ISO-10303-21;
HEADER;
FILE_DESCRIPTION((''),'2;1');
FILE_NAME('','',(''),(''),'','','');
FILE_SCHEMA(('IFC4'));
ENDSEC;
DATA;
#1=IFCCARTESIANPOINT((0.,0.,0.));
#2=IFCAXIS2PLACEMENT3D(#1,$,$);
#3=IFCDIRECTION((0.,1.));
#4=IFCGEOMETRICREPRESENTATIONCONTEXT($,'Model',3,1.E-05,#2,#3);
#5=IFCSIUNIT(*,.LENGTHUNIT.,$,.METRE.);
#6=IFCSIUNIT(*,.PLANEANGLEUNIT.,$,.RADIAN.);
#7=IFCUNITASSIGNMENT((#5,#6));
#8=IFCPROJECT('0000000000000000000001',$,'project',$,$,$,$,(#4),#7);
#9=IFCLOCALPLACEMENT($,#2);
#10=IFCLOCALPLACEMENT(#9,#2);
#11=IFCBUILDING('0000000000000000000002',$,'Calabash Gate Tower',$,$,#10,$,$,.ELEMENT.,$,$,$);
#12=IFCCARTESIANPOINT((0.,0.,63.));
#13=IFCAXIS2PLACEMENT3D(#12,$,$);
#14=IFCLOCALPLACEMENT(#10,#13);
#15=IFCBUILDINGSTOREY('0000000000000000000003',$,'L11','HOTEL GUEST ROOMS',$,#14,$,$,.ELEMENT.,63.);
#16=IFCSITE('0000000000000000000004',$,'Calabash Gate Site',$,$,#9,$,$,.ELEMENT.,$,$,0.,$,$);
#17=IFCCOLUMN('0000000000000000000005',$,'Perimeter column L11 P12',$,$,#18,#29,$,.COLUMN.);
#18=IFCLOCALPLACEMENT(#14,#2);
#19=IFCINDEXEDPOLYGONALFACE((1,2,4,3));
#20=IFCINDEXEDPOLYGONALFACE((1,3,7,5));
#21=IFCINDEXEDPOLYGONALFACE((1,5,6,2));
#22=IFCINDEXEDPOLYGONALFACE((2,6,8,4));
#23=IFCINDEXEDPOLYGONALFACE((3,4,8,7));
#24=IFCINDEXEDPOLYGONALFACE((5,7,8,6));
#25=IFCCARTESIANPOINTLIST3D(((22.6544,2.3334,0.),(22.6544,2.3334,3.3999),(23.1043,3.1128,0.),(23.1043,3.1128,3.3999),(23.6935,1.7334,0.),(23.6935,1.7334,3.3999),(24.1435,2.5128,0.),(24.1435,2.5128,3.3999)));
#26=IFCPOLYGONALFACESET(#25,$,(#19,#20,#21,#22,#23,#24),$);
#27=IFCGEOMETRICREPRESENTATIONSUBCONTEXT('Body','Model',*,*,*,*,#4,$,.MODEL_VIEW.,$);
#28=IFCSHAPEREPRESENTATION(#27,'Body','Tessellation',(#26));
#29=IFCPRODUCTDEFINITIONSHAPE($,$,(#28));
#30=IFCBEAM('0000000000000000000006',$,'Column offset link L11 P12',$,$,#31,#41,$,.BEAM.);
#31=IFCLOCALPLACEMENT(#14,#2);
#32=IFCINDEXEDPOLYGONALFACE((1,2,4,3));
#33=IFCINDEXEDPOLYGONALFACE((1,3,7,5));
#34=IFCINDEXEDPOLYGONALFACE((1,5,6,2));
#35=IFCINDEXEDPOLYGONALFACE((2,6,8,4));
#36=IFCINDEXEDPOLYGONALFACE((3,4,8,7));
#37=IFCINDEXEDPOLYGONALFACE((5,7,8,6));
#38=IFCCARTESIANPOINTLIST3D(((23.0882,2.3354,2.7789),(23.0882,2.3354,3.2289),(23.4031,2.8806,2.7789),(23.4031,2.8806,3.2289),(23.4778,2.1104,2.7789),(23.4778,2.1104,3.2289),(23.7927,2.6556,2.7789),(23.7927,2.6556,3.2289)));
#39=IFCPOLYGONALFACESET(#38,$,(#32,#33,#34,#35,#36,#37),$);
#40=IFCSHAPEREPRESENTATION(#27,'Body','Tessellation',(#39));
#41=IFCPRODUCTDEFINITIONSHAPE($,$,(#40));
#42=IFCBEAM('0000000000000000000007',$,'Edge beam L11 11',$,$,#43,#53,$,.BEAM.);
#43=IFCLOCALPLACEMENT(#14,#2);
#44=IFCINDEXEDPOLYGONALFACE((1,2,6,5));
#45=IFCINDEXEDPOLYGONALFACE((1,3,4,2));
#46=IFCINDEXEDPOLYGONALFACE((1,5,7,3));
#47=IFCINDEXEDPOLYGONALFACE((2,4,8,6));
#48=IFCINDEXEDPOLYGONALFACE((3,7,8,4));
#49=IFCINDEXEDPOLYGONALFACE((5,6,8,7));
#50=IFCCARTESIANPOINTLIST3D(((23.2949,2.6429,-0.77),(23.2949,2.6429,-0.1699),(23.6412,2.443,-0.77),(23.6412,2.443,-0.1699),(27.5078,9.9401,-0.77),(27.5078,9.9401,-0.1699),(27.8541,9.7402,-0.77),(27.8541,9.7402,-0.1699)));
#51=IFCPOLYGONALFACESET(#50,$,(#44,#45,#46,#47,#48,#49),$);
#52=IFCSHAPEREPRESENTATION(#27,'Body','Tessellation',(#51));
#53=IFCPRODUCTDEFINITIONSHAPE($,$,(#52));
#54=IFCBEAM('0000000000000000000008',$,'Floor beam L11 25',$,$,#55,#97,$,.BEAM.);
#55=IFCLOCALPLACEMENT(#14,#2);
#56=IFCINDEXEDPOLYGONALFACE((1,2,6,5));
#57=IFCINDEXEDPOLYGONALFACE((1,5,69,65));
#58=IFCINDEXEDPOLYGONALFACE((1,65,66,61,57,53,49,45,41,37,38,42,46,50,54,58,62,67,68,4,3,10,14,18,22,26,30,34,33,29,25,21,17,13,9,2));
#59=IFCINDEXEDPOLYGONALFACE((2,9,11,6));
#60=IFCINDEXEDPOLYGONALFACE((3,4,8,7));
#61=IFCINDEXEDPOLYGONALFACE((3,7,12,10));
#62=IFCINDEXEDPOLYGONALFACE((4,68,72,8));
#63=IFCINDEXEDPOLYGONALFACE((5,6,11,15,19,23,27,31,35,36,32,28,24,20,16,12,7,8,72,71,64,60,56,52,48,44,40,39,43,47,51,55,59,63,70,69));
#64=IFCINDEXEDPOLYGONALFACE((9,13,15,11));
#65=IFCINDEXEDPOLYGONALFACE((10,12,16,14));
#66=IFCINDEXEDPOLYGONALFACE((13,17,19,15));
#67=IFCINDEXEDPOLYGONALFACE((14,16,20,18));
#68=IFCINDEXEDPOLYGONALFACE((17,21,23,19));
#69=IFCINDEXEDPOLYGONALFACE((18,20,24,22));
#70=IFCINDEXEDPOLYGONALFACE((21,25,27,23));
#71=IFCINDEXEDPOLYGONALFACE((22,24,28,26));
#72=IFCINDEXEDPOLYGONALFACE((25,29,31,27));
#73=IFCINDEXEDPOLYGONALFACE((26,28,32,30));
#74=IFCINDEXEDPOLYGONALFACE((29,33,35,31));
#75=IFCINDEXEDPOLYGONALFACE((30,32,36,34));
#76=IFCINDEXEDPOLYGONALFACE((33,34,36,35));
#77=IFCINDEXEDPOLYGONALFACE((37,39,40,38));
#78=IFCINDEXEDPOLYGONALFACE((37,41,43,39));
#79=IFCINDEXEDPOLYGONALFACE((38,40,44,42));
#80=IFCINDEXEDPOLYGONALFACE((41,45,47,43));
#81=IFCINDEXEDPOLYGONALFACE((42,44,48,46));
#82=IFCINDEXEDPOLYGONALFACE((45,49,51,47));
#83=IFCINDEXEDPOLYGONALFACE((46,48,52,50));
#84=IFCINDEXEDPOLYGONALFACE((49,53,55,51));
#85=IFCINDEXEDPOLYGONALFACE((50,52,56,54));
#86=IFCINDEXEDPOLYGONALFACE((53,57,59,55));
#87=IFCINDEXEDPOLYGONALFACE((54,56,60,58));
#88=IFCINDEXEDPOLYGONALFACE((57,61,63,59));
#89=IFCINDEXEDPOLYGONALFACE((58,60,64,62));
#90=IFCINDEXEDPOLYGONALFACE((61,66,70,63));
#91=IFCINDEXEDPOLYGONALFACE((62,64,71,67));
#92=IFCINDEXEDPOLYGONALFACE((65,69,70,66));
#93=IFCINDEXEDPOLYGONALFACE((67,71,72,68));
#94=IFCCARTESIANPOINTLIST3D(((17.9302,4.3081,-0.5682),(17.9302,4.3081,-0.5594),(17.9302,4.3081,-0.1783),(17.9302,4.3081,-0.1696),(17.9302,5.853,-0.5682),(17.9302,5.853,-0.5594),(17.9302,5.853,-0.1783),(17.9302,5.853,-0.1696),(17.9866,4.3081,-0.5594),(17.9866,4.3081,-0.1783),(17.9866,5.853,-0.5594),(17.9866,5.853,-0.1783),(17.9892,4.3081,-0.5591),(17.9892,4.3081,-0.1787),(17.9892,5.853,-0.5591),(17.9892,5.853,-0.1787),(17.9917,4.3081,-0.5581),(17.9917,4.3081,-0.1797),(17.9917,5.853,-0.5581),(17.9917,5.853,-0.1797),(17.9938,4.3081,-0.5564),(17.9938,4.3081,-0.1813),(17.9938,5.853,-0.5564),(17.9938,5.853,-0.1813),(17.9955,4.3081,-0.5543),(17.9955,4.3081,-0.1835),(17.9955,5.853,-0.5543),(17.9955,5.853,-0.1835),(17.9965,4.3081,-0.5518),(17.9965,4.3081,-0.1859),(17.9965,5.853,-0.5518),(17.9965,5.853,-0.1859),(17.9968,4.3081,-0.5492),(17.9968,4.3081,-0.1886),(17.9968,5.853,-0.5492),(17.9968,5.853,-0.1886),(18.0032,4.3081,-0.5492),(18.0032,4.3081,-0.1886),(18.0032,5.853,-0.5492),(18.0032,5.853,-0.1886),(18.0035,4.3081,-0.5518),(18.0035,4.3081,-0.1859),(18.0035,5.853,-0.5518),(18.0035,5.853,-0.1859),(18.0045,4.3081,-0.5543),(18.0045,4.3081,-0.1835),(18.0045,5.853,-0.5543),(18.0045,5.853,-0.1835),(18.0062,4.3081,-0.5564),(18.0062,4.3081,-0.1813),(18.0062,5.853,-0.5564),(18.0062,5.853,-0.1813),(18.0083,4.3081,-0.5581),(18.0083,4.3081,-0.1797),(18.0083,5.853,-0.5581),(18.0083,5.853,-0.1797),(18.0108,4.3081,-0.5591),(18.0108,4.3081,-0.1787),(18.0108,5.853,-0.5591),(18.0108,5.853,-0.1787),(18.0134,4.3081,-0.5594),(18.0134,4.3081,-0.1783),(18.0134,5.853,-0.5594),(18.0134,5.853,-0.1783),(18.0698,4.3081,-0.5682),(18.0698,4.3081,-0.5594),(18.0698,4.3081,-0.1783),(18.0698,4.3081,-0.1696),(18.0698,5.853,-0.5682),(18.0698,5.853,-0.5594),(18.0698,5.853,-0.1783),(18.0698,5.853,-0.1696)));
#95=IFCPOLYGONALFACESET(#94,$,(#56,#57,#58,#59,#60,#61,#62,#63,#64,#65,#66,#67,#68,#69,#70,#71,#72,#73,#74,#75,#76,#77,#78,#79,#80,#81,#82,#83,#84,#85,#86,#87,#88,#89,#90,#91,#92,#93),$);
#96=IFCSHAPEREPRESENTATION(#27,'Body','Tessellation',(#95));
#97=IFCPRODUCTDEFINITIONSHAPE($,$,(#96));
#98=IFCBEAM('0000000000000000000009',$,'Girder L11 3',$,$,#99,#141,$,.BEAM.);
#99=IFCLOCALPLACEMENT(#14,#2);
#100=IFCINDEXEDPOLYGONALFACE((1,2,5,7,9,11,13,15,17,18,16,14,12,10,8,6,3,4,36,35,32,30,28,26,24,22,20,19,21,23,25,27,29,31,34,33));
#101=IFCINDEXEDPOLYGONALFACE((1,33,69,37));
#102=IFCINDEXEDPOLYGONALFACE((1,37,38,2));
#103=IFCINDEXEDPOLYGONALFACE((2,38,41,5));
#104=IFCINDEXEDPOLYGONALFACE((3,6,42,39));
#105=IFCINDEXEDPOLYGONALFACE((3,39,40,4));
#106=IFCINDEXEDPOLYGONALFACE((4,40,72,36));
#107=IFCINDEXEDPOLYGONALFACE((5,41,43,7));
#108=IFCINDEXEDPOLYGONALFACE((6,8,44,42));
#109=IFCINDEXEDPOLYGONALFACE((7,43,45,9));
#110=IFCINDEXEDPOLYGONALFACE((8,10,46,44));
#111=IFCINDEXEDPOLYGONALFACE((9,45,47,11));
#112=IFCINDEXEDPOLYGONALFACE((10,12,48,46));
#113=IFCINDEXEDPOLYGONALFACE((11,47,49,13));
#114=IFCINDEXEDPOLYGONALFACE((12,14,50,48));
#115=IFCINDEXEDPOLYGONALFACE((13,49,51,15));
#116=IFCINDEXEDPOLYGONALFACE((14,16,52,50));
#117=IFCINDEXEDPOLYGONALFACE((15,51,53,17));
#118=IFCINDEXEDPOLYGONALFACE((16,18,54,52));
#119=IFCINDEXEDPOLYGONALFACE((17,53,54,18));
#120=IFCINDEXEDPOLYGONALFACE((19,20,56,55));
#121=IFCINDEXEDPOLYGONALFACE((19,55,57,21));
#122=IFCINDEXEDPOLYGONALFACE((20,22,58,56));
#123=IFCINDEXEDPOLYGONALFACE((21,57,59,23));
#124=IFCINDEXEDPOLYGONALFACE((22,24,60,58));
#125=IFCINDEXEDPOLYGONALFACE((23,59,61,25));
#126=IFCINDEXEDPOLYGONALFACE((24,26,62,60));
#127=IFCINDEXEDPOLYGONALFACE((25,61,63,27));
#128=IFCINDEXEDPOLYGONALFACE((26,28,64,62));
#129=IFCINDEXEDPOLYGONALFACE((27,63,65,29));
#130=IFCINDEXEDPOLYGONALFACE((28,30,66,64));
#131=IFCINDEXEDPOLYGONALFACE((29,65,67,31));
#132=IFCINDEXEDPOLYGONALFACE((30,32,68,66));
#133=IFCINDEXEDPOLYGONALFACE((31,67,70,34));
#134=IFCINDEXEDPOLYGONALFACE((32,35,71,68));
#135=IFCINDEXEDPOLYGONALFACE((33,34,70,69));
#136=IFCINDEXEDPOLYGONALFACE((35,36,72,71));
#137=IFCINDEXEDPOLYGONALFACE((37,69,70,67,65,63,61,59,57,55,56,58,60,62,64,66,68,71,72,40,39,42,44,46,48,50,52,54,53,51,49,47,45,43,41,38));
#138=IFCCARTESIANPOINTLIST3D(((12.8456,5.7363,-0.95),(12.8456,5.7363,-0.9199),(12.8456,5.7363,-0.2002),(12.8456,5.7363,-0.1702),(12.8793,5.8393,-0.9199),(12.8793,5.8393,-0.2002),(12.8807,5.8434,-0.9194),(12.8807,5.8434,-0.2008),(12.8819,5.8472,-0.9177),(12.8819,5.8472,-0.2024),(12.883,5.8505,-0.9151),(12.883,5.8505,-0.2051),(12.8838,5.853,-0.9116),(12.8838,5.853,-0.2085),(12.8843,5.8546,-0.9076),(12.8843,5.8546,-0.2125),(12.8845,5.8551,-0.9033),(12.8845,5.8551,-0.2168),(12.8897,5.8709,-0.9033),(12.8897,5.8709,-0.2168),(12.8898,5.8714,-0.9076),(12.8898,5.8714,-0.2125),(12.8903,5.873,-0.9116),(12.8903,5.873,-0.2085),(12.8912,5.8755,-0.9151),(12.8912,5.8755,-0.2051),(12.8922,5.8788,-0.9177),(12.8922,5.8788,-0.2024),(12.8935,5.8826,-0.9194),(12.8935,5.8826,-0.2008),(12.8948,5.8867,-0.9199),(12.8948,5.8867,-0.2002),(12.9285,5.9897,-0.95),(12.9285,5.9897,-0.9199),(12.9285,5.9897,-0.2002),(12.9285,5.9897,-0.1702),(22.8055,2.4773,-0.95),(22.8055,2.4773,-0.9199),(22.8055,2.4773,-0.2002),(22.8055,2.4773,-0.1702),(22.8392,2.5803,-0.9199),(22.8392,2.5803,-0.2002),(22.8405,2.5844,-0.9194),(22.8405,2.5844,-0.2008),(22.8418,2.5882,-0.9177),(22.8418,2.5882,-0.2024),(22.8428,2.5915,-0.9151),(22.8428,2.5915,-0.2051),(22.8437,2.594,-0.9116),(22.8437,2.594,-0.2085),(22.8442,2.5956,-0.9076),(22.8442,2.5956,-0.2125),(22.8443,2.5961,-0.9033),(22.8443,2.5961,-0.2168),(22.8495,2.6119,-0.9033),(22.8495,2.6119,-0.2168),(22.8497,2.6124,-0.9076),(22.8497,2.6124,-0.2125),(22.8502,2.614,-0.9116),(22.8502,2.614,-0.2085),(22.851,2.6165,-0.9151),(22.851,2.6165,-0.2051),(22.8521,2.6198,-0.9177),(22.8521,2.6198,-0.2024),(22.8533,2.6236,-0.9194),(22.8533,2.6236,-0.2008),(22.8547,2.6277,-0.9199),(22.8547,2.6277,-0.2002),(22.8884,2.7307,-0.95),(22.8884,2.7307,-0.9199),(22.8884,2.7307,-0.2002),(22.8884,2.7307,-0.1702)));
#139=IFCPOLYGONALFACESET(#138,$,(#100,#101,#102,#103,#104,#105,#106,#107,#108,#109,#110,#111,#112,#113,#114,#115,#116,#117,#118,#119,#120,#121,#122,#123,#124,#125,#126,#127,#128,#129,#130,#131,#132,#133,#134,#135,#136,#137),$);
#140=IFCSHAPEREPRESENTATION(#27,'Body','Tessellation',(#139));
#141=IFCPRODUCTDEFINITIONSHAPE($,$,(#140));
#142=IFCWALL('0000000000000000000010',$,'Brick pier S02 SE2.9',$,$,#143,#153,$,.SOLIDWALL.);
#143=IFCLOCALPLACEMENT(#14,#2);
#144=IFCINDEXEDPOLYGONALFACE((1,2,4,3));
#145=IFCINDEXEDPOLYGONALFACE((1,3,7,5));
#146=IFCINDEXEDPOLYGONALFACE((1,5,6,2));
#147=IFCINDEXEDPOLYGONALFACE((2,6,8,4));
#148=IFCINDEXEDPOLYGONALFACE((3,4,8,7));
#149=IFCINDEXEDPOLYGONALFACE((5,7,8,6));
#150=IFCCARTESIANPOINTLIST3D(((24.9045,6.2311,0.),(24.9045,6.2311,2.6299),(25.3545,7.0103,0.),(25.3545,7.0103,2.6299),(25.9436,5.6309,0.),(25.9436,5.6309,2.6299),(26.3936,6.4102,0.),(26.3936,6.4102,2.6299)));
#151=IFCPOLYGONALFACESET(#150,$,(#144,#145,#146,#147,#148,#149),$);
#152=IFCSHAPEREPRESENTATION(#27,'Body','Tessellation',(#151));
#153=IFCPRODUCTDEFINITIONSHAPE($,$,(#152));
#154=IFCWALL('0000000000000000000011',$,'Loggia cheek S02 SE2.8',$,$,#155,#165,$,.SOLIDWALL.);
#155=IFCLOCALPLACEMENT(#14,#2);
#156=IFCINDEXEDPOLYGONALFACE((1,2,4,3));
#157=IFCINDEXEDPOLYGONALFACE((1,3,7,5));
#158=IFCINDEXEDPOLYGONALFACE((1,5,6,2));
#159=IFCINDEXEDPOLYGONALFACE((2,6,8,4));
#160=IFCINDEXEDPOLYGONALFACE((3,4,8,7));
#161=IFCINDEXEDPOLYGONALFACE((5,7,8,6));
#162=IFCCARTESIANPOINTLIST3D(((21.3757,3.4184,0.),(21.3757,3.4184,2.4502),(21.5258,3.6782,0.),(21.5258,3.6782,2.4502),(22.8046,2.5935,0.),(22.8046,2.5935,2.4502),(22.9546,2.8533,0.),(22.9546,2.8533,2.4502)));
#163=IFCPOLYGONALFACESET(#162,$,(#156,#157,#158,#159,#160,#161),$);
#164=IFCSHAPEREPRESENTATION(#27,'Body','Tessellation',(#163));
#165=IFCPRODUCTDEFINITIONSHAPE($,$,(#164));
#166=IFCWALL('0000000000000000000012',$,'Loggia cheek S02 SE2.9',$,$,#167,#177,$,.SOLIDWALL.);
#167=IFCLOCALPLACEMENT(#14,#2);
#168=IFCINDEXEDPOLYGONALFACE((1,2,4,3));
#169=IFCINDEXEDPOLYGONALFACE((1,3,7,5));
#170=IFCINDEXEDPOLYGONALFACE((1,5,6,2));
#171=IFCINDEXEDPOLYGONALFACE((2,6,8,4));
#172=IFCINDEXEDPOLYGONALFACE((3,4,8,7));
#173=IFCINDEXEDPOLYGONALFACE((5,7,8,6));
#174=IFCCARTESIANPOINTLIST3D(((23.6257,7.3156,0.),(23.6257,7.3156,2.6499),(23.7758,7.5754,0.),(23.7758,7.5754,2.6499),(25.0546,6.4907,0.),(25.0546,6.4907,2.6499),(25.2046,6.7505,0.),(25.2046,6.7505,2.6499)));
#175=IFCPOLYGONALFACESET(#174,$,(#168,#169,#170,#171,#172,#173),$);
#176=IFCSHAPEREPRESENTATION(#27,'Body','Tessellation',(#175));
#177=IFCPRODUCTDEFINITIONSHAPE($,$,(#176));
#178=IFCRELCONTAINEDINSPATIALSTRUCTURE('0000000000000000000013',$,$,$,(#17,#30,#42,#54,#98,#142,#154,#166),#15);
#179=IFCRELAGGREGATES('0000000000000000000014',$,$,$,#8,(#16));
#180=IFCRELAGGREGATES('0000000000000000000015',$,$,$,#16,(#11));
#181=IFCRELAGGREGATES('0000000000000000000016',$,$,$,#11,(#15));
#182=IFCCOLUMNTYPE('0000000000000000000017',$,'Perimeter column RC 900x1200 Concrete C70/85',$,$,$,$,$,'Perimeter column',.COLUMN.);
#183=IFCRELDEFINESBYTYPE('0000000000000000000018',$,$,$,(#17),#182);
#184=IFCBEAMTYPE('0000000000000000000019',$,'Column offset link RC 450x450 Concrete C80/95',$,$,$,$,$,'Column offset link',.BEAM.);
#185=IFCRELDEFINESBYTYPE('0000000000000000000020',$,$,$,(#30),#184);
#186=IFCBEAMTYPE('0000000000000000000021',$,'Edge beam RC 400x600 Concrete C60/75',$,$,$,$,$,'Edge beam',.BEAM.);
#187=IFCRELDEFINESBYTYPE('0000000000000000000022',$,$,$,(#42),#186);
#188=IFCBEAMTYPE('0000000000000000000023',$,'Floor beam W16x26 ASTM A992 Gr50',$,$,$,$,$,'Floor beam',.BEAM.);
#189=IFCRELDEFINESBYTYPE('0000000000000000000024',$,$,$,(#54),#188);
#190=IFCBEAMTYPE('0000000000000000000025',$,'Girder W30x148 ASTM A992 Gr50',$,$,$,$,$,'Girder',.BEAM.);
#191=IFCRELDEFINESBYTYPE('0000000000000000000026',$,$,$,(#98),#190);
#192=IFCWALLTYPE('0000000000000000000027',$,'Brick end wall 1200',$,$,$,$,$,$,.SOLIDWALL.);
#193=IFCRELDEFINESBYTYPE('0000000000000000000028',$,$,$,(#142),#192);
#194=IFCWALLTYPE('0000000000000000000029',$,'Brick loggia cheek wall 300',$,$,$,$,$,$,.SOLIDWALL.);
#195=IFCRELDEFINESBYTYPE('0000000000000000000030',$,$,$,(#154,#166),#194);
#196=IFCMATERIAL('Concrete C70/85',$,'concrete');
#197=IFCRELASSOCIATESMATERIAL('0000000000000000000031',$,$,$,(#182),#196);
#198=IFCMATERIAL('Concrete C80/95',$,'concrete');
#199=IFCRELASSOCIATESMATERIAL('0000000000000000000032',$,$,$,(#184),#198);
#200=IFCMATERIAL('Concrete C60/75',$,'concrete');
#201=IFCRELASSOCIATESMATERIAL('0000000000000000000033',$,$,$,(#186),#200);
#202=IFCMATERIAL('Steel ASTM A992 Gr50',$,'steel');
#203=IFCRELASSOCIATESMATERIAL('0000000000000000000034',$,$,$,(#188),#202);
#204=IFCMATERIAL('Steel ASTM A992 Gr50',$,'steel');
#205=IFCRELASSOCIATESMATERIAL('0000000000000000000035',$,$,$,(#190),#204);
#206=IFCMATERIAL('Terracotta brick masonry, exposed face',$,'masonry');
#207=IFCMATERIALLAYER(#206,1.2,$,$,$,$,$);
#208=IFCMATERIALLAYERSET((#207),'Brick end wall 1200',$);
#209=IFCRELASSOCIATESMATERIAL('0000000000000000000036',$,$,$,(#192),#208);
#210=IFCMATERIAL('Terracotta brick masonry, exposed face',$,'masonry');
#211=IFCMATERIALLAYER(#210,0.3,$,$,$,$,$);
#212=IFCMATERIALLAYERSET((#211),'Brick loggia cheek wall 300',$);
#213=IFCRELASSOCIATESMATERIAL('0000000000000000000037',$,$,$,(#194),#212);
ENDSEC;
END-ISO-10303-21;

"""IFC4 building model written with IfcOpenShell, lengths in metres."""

from ifc_helpers import new_model, si_unit, direction, frame, frame_2d, origin, origin_2d, place, context, subcontext, project, spatial, rectangle, i_section, extrude, material, layer, layer_set, material_profile, profile_set, type_object, element, save


model = new_model("IFC4")

# Units and contexts
model_context = context("Model", 3, precision=1e-05, world=origin(), true_north=direction((0.0, 1.0)))
body_context = subcontext(model_context, "Body", "Model", "MODEL_VIEW")
ifc_project = project(units=[si_unit("LENGTHUNIT", "METRE"), si_unit("PLANEANGLEUNIT", "RADIAN")], contexts=[model_context])

# Site, building, storey
site_placement = place(None, origin())
site = spatial("IfcSite", under=ifc_project, at=site_placement, Name="Calabash Gate Site", CompositionType="ELEMENT", RefElevation=0.0)
building_placement = place(site_placement, origin())
building = spatial("IfcBuilding", under=site, at=building_placement, Name="Calabash Gate Tower", CompositionType="ELEMENT")
storey_placement = place(building_placement, frame((0.0, 0.0, 63.0)))
storey = spatial("IfcBuildingStorey", under=building, at=storey_placement, Name="L11", Description="HOTEL GUEST ROOMS", CompositionType="ELEMENT", Elevation=63.0)

# Column
ifc_material_1 = material(Name="Concrete C70/85", Category="concrete")
ifc_material_profile_1 = material_profile(ifc_material_1, rectangle(XDim=0.8999, YDim=1.2, at=origin_2d()))
ifc_profile_set_1 = profile_set([ifc_material_profile_1], Name="Concrete C70/85")
column_type = type_object("IfcColumnType", Name="Perimeter column RC 900x1200 Concrete C70/85", ElementType="Perimeter column", PredefinedType="COLUMN", material=ifc_profile_set_1)
column_placement = place(storey_placement, frame((23.3989, 2.4231, 0.0), z_axis=(0.0, 0.0, 1.0), x_axis=(0.5, 0.866025, 0.0)))
element("IfcColumn", 1, at=column_placement, inside=storey, type_object=column_type, Name="Perimeter column L11 P12", PredefinedType="COLUMN", context=body_context, shape_type="SweptSolid", body=[
    extrude(rectangle(XDim=0.8999, YDim=1.2, at=origin_2d()), origin(), (0.0, 0.0, 1.0), 3.3999),
])

# Beams
ifc_material_2 = material(Name="Concrete C80/95", Category="concrete")
ifc_material_profile_2 = material_profile(ifc_material_2, rectangle(XDim=0.45, YDim=0.45, at=origin_2d()))
ifc_profile_set_2 = profile_set([ifc_material_profile_2], Name="Concrete C80/95")
beam_type_1 = type_object("IfcBeamType", Name="Column offset link RC 450x450 Concrete C80/95", ElementType="Column offset link", PredefinedType="BEAM", material=ifc_profile_set_2)
beam_1_placement = place(storey_placement, frame((23.283, 2.2229, 3.0039), z_axis=(0.500226, 0.865895, 0.0), x_axis=(-0.865895, 0.500226, 0.0)))
element("IfcBeam", 2, at=beam_1_placement, inside=storey, type_object=beam_type_1, Name="Column offset link L11 P12", PredefinedType="BEAM", context=body_context, shape_type="SweptSolid", body=[
    extrude(rectangle(XDim=0.45, YDim=0.45, at=origin_2d()), origin(), (0.0, 0.0, 1.0), 0.6296),
])
ifc_material_3 = material(Name="Concrete C60/75", Category="concrete")
ifc_material_profile_3 = material_profile(ifc_material_3, rectangle(XDim=0.3999, YDim=0.6001, at=origin_2d()))
ifc_profile_set_3 = profile_set([ifc_material_profile_3], Name="Concrete C60/75")
beam_type_2 = type_object("IfcBeamType", Name="Edge beam RC 400x600 Concrete C60/75", ElementType="Edge beam", PredefinedType="BEAM", material=ifc_profile_set_3)
beam_2_placement = place(storey_placement, frame((23.468, 2.543, -0.47), z_axis=(0.499991, 0.866031, 0.0), x_axis=(-0.866031, 0.499991, 0.0)))
element("IfcBeam", 3, at=beam_2_placement, inside=storey, type_object=beam_type_2, Name="Edge beam L11 11", PredefinedType="BEAM", context=body_context, shape_type="SweptSolid", body=[
    extrude(rectangle(XDim=0.3999, YDim=0.6001, at=origin_2d()), origin(), (0.0, 0.0, 1.0), 8.426),
])
ifc_material_4 = material(Name="Steel ASTM A992 Gr50", Category="steel")
ifc_material_profile_4 = material_profile(ifc_material_4, i_section(OverallWidth=0.1396, OverallDepth=0.3987, WebThickness=0.0063, FlangeThickness=0.0088, FilletRadius=0.0103, at=origin_2d()))
ifc_profile_set_4 = profile_set([ifc_material_profile_4], Name="Steel ASTM A992 Gr50")
beam_type_3 = type_object("IfcBeamType", Name="Floor beam W16x26 ASTM A992 Gr50", ElementType="Floor beam", PredefinedType="BEAM", material=ifc_profile_set_4)
beam_3_placement = place(storey_placement, frame((18.0, 4.3081, -0.3689), z_axis=(0.0, 1.0, 0.0), x_axis=(-1.0, 0.0, 0.0)))
element("IfcBeam", 4, at=beam_3_placement, inside=storey, type_object=beam_type_3, Name="Floor beam L11 25", PredefinedType="BEAM", context=body_context, shape_type="SweptSolid", body=[
    extrude(i_section(OverallWidth=0.1396, OverallDepth=0.3987, WebThickness=0.0063, FlangeThickness=0.0088, FilletRadius=0.0103, at=origin_2d()), origin(), (0.0, 0.0, 1.0), 1.5449),
])
ifc_material_5 = material(Name="Steel ASTM A992 Gr50", Category="steel")
ifc_material_profile_5 = material_profile(ifc_material_5, i_section(OverallWidth=0.2666, OverallDepth=0.7798, WebThickness=0.0166, FlangeThickness=0.03, FilletRadius=0.0166, at=origin_2d()))
ifc_profile_set_5 = profile_set([ifc_material_profile_5], Name="Steel ASTM A992 Gr50")
beam_type_4 = type_object("IfcBeamType", Name="Girder W30x148 ASTM A992 Gr50", ElementType="Girder", PredefinedType="BEAM", material=ifc_profile_set_5)
beam_4_placement = place(storey_placement, frame((22.8469, 2.604, -0.5601), z_axis=(-0.950414, 0.310988, 0.0), x_axis=(-0.310988, -0.950414, 0.0)))
element("IfcBeam", 5, at=beam_4_placement, inside=storey, type_object=beam_type_4, Name="Girder L11 3", PredefinedType="BEAM", context=body_context, shape_type="SweptSolid", body=[
    extrude(i_section(OverallWidth=0.2666, OverallDepth=0.7798, WebThickness=0.0166, FlangeThickness=0.03, FilletRadius=0.0166, at=origin_2d()), origin(), (0.0, 0.0, 1.0), 10.4795),
])

# Walls
ifc_material_6 = material(Name="Terracotta brick masonry, exposed face", Category="masonry")
ifc_layer_1 = layer(ifc_material_6, 1.2)
ifc_layer_set_1 = layer_set([ifc_layer_1], Name="Brick end wall 1200")
wall_type_1 = type_object("IfcWallType", Name="Brick end wall 1200", PredefinedType="SOLIDWALL", material=ifc_layer_set_1)
wall_1_placement = place(storey_placement, frame((26.1687, 6.0205, 0.0), z_axis=(0.0, 0.0, 1.0), x_axis=(-0.865955, 0.500122, 0.0)))
element("IfcWall", 6, at=wall_1_placement, inside=storey, type_object=wall_type_1, Name="Brick pier S02 SE2.9", PredefinedType="SOLIDWALL", context=body_context, shape_type="SweptSolid", body=[
    extrude(rectangle(XDim=1.2, YDim=0.8999, at=frame_2d((0.6001, 0.0))), origin(), (0.0, 0.0, 1.0), 2.6299),
])
ifc_material_7 = material(Name="Terracotta brick masonry, exposed face", Category="masonry")
ifc_layer_2 = layer(ifc_material_7, 0.3)
ifc_layer_set_2 = layer_set([ifc_layer_2], Name="Brick loggia cheek wall 300")
wall_type_2 = type_object("IfcWallType", Name="Brick loggia cheek wall 300", PredefinedType="SOLIDWALL", material=ifc_layer_set_2)
wall_2_placement = place(storey_placement, frame((22.8796, 2.7234, 0.0), z_axis=(0.0, 0.0, 1.0), x_axis=(-0.86604, 0.499974, 0.0)))
element("IfcWall", 7, at=wall_2_placement, inside=storey, type_object=wall_type_2, Name="Loggia cheek S02 SE2.8", PredefinedType="SOLIDWALL", context=body_context, shape_type="SweptSolid", body=[
    extrude(rectangle(XDim=1.6499, YDim=0.3, at=frame_2d((0.825, 0.0))), origin(), (0.0, 0.0, 1.0), 2.4502),
])
wall_3_placement = place(storey_placement, frame((25.1296, 6.6206, 0.0), z_axis=(0.0, 0.0, 1.0), x_axis=(-0.86604, 0.499974, 0.0)))
element("IfcWall", 8, at=wall_3_placement, inside=storey, type_object=wall_type_2, Name="Loggia cheek S02 SE2.9", PredefinedType="SOLIDWALL", context=body_context, shape_type="SweptSolid", body=[
    extrude(rectangle(XDim=1.6499, YDim=0.3, at=frame_2d((0.825, 0.0))), origin(), (0.0, 0.0, 1.0), 2.6499),
])

save(model, "model.ifc")
